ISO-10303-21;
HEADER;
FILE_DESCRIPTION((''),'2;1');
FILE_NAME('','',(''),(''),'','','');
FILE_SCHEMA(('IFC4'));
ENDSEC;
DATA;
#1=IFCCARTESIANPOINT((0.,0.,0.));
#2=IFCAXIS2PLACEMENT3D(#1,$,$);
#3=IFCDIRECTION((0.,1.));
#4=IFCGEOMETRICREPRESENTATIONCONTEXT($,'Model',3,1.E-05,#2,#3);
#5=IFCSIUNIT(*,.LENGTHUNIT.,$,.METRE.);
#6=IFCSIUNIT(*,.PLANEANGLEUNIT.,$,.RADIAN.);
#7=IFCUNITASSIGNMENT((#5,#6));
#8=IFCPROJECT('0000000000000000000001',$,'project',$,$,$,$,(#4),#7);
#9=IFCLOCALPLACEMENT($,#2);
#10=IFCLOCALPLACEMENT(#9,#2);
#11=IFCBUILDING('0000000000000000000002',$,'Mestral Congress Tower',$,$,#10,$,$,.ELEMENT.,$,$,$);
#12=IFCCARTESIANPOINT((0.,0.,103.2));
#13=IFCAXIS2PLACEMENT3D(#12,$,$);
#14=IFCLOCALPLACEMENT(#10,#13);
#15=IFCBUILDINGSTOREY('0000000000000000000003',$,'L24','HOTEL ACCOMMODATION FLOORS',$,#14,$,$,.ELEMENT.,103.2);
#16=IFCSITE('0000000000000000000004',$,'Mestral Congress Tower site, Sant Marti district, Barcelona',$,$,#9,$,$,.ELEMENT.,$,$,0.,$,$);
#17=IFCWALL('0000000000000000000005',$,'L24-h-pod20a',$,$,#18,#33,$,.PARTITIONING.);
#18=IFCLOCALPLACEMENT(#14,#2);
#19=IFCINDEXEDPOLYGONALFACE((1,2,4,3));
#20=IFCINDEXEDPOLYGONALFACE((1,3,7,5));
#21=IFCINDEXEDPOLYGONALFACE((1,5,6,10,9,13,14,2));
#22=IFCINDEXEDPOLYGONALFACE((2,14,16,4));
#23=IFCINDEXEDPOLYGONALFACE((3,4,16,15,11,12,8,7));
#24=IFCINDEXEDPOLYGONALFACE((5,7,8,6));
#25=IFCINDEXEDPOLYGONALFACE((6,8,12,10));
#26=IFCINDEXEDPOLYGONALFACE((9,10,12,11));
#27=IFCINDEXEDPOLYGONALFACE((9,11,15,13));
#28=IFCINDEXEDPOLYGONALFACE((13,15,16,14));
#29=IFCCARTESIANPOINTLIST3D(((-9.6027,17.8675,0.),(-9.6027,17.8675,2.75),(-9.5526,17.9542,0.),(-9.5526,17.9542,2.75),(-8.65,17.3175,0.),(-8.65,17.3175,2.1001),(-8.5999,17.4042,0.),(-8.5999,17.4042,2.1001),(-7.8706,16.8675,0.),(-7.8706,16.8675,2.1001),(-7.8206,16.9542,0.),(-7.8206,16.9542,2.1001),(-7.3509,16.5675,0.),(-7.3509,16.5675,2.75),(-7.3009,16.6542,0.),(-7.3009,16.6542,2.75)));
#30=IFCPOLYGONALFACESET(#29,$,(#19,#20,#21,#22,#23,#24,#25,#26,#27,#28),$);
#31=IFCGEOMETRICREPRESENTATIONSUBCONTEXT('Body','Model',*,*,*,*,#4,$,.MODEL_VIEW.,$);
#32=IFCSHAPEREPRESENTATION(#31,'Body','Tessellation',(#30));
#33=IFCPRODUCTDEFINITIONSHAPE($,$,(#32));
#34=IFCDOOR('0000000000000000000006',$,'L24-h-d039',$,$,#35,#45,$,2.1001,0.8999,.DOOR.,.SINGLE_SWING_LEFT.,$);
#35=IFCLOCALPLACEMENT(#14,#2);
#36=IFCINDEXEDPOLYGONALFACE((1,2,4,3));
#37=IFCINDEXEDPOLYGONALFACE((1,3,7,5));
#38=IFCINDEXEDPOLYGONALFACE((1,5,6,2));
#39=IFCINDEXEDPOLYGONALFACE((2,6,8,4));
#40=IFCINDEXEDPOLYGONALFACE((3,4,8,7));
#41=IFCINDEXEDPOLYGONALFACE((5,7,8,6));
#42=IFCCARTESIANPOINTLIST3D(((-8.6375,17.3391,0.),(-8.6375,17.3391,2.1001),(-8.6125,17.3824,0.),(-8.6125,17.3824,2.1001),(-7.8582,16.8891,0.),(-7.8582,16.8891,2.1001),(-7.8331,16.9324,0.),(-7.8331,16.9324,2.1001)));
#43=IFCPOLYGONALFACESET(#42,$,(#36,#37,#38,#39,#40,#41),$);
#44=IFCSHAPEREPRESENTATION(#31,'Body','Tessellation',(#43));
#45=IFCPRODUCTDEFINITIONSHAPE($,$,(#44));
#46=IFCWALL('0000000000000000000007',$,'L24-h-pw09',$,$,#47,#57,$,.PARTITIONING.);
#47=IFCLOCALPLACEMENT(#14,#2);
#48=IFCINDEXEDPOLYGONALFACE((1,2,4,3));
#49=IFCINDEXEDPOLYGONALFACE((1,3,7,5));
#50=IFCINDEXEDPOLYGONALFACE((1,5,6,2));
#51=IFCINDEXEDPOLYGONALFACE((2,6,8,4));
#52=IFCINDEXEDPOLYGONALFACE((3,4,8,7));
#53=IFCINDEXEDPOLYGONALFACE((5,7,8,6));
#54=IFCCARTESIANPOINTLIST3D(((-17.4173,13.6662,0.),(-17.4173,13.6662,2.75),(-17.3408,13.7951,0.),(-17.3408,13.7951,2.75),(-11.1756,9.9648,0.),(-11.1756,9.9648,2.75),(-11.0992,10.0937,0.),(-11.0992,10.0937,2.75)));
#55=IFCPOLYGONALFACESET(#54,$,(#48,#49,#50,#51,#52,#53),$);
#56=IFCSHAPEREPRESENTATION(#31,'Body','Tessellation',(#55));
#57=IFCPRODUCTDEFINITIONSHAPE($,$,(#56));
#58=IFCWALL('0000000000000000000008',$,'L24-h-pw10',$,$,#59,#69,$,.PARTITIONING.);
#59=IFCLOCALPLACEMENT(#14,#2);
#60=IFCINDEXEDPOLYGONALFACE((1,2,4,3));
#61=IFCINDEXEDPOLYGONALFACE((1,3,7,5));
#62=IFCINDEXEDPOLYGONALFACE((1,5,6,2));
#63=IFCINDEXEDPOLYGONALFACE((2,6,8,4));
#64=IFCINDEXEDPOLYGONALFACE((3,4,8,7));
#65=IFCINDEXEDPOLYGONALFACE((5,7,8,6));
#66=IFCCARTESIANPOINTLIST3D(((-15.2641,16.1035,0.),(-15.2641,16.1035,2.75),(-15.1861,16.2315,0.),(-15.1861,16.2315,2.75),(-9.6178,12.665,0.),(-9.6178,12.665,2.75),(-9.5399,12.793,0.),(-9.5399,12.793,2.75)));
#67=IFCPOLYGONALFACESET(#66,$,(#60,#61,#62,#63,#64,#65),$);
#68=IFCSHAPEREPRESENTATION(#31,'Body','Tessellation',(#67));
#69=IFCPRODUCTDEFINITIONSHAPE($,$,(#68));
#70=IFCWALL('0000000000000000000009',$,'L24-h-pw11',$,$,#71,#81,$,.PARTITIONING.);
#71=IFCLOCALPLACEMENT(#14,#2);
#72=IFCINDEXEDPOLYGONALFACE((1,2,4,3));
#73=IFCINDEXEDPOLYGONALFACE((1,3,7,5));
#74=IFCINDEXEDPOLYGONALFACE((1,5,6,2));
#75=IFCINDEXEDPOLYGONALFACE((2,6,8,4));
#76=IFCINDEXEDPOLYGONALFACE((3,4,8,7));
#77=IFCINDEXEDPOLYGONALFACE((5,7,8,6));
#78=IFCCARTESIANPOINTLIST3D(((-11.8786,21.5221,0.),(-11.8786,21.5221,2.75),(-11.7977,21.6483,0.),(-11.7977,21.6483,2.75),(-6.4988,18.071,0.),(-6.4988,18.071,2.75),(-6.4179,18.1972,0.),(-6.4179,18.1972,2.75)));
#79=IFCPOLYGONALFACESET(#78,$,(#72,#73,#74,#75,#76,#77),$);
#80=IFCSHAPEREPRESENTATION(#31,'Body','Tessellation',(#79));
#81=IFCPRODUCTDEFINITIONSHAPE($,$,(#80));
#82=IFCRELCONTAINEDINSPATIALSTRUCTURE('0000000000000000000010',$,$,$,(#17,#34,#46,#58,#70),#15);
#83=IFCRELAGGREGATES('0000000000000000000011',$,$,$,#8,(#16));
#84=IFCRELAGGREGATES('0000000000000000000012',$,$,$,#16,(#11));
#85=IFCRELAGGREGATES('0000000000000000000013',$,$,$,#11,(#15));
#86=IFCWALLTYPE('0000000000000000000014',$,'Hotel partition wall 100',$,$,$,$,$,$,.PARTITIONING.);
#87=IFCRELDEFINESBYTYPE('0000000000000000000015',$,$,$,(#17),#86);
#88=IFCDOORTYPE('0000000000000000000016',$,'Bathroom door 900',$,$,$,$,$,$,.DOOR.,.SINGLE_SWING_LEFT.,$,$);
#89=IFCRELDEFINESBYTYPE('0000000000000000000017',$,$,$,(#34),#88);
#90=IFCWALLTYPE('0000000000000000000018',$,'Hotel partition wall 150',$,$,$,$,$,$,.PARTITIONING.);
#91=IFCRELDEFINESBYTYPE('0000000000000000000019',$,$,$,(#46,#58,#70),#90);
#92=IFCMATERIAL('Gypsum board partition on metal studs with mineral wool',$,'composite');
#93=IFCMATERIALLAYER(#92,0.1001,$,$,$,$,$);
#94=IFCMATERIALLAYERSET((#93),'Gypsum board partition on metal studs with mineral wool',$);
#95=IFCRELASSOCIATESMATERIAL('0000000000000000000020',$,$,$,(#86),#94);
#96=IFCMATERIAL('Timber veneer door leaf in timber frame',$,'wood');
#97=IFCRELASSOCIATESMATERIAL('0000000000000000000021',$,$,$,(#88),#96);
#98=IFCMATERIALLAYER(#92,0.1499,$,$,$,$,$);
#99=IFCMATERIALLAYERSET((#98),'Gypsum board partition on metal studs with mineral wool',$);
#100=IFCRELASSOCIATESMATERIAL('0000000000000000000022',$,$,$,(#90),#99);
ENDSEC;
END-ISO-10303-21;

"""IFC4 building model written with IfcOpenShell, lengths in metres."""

from ifc_helpers import new_model, si_unit, direction, frame, frame_2d, origin, place, context, subcontext, project, spatial, rectangle, extrude, material, layer, layer_set, type_object, element, fill, save


model = new_model("IFC4")

# Units and contexts
model_context = context("Model", 3, precision=1e-05, world=origin(), true_north=direction((0.0, 1.0)))
body_context = subcontext(model_context, "Body", "Model", "MODEL_VIEW")
ifc_project = project(units=[si_unit("LENGTHUNIT", "METRE"), si_unit("PLANEANGLEUNIT", "RADIAN")], contexts=[model_context])

# Site, building, storey
site_placement = place(None, origin())
site = spatial("IfcSite", under=ifc_project, at=site_placement, Name="Mestral Congress Tower site, Sant Marti district, Barcelona", CompositionType="ELEMENT", RefElevation=0.0)
building_placement = place(site_placement, origin())
building = spatial("IfcBuilding", under=site, at=building_placement, Name="Mestral Congress Tower", CompositionType="ELEMENT")
storey_placement = place(building_placement, frame((0.0, 0.0, 103.2)))
storey = spatial("IfcBuildingStorey", under=building, at=storey_placement, Name="L24", Description="HOTEL ACCOMMODATION FLOORS", CompositionType="ELEMENT", Elevation=103.2)

# Wall, opening, door
ifc_material_1 = material(Name="Gypsum board partition on metal studs with mineral wool", Category="composite")
ifc_layer_1 = layer(ifc_material_1, 0.1001)
ifc_layer_set_1 = layer_set([ifc_layer_1], Name="Gypsum board partition on metal studs with mineral wool")
wall_type_1 = type_object("IfcWallType", Name="Hotel partition wall 100", PredefinedType="PARTITIONING", material=ifc_layer_set_1)
wall_1_placement = place(storey_placement, frame((-9.5776, 17.9109, 0.0), z_axis=(0.0, 0.0, 1.0), x_axis=(0.866021, -0.500007, 0.0)))
wall_1 = element("IfcWall", 1, at=wall_1_placement, inside=storey, type_object=wall_type_1, Name="L24-h-pod20a", PredefinedType="PARTITIONING", context=body_context, shape_type="SweptSolid", body=[
    extrude(rectangle(XDim=2.6001, YDim=0.1001, at=frame_2d((1.3, 0.0))), origin(), (0.0, 0.0, 1.0), 2.75),
])
opening_1_placement = place(wall_1_placement, frame((1.1001, 0.0, 0.0)))
opening_1 = element("IfcOpeningElement", 2, at=opening_1_placement, cuts=wall_1, PredefinedType="OPENING", context=body_context, shape_type="SweptSolid", body=[
    extrude(rectangle(XDim=0.8999, YDim=2.1001, at=frame_2d((0.45, 1.05))), frame((0.0, 0.0601, 0.0), z_axis=(0.0, -1.0, 0.0), x_axis=(1.0, 0.0, 0.0)), (0.0, 0.0, 1.0), 0.1201),
])
ifc_material_2 = material(Name="Timber veneer door leaf in timber frame", Category="wood")
door_type = type_object("IfcDoorType", Name="Bathroom door 900", OperationType="SINGLE_SWING_LEFT", PredefinedType="DOOR", material=ifc_material_2)
door_placement = place(opening_1_placement, origin())
door = element("IfcDoor", 3, at=door_placement, inside=storey, type_object=door_type, Name="L24-h-d039", OperationType="SINGLE_SWING_LEFT", OverallHeight=2.1001, OverallWidth=0.8999, PredefinedType="DOOR", context=body_context, shape_type="SweptSolid", body=[
    extrude(rectangle(XDim=0.8999, YDim=2.1001, at=frame_2d((0.45, 1.05))), frame((0.0, 0.0249, 0.0), z_axis=(0.0, -1.0, 0.0), x_axis=(1.0, 0.0, 0.0)), (0.0, 0.0, 1.0), 0.05),
])
fill(opening_1, door)

# Walls
ifc_layer_2 = layer(ifc_material_1, 0.1499)
ifc_layer_set_2 = layer_set([ifc_layer_2], Name="Gypsum board partition on metal studs with mineral wool")
wall_type_2 = type_object("IfcWallType", Name="Hotel partition wall 150", PredefinedType="PARTITIONING", material=ifc_layer_set_2)
wall_2_placement = place(storey_placement, frame((-17.3792, 13.7307, 0.0), z_axis=(0.0, 0.0, 1.0), x_axis=(0.860132, -0.510071, 0.0)))
element("IfcWall", 4, at=wall_2_placement, inside=storey, type_object=wall_type_2, Name="L24-h-pw09", PredefinedType="PARTITIONING", context=body_context, shape_type="SweptSolid", body=[
    extrude(rectangle(XDim=7.2566, YDim=0.1499, at=frame_2d((3.6284, 0.0))), origin(), (0.0, 0.0, 1.0), 2.75),
])
wall_3_placement = place(storey_placement, frame((-15.2251, 16.1675, 0.0), z_axis=(0.0, 0.0, 1.0), x_axis=(0.854089, -0.520127, 0.0)))
element("IfcWall", 5, at=wall_3_placement, inside=storey, type_object=wall_type_2, Name="L24-h-pw10", PredefinedType="PARTITIONING", context=body_context, shape_type="SweptSolid", body=[
    extrude(rectangle(XDim=6.6108, YDim=0.1499, at=frame_2d((3.3054, 0.0))), origin(), (0.0, 0.0, 1.0), 2.75),
])
wall_4_placement = place(storey_placement, frame((-11.8381, 21.5852, 0.0), z_axis=(0.0, 0.0, 1.0), x_axis=(0.841699, -0.539947, 0.0)))
element("IfcWall", 6, at=wall_4_placement, inside=storey, type_object=wall_type_2, Name="L24-h-pw11", PredefinedType="PARTITIONING", context=body_context, shape_type="SweptSolid", body=[
    extrude(rectangle(XDim=6.3916, YDim=0.1499, at=frame_2d((3.1958, 0.0))), origin(), (0.0, 0.0, 1.0), 2.75),
])

save(model, "model.ifc")
